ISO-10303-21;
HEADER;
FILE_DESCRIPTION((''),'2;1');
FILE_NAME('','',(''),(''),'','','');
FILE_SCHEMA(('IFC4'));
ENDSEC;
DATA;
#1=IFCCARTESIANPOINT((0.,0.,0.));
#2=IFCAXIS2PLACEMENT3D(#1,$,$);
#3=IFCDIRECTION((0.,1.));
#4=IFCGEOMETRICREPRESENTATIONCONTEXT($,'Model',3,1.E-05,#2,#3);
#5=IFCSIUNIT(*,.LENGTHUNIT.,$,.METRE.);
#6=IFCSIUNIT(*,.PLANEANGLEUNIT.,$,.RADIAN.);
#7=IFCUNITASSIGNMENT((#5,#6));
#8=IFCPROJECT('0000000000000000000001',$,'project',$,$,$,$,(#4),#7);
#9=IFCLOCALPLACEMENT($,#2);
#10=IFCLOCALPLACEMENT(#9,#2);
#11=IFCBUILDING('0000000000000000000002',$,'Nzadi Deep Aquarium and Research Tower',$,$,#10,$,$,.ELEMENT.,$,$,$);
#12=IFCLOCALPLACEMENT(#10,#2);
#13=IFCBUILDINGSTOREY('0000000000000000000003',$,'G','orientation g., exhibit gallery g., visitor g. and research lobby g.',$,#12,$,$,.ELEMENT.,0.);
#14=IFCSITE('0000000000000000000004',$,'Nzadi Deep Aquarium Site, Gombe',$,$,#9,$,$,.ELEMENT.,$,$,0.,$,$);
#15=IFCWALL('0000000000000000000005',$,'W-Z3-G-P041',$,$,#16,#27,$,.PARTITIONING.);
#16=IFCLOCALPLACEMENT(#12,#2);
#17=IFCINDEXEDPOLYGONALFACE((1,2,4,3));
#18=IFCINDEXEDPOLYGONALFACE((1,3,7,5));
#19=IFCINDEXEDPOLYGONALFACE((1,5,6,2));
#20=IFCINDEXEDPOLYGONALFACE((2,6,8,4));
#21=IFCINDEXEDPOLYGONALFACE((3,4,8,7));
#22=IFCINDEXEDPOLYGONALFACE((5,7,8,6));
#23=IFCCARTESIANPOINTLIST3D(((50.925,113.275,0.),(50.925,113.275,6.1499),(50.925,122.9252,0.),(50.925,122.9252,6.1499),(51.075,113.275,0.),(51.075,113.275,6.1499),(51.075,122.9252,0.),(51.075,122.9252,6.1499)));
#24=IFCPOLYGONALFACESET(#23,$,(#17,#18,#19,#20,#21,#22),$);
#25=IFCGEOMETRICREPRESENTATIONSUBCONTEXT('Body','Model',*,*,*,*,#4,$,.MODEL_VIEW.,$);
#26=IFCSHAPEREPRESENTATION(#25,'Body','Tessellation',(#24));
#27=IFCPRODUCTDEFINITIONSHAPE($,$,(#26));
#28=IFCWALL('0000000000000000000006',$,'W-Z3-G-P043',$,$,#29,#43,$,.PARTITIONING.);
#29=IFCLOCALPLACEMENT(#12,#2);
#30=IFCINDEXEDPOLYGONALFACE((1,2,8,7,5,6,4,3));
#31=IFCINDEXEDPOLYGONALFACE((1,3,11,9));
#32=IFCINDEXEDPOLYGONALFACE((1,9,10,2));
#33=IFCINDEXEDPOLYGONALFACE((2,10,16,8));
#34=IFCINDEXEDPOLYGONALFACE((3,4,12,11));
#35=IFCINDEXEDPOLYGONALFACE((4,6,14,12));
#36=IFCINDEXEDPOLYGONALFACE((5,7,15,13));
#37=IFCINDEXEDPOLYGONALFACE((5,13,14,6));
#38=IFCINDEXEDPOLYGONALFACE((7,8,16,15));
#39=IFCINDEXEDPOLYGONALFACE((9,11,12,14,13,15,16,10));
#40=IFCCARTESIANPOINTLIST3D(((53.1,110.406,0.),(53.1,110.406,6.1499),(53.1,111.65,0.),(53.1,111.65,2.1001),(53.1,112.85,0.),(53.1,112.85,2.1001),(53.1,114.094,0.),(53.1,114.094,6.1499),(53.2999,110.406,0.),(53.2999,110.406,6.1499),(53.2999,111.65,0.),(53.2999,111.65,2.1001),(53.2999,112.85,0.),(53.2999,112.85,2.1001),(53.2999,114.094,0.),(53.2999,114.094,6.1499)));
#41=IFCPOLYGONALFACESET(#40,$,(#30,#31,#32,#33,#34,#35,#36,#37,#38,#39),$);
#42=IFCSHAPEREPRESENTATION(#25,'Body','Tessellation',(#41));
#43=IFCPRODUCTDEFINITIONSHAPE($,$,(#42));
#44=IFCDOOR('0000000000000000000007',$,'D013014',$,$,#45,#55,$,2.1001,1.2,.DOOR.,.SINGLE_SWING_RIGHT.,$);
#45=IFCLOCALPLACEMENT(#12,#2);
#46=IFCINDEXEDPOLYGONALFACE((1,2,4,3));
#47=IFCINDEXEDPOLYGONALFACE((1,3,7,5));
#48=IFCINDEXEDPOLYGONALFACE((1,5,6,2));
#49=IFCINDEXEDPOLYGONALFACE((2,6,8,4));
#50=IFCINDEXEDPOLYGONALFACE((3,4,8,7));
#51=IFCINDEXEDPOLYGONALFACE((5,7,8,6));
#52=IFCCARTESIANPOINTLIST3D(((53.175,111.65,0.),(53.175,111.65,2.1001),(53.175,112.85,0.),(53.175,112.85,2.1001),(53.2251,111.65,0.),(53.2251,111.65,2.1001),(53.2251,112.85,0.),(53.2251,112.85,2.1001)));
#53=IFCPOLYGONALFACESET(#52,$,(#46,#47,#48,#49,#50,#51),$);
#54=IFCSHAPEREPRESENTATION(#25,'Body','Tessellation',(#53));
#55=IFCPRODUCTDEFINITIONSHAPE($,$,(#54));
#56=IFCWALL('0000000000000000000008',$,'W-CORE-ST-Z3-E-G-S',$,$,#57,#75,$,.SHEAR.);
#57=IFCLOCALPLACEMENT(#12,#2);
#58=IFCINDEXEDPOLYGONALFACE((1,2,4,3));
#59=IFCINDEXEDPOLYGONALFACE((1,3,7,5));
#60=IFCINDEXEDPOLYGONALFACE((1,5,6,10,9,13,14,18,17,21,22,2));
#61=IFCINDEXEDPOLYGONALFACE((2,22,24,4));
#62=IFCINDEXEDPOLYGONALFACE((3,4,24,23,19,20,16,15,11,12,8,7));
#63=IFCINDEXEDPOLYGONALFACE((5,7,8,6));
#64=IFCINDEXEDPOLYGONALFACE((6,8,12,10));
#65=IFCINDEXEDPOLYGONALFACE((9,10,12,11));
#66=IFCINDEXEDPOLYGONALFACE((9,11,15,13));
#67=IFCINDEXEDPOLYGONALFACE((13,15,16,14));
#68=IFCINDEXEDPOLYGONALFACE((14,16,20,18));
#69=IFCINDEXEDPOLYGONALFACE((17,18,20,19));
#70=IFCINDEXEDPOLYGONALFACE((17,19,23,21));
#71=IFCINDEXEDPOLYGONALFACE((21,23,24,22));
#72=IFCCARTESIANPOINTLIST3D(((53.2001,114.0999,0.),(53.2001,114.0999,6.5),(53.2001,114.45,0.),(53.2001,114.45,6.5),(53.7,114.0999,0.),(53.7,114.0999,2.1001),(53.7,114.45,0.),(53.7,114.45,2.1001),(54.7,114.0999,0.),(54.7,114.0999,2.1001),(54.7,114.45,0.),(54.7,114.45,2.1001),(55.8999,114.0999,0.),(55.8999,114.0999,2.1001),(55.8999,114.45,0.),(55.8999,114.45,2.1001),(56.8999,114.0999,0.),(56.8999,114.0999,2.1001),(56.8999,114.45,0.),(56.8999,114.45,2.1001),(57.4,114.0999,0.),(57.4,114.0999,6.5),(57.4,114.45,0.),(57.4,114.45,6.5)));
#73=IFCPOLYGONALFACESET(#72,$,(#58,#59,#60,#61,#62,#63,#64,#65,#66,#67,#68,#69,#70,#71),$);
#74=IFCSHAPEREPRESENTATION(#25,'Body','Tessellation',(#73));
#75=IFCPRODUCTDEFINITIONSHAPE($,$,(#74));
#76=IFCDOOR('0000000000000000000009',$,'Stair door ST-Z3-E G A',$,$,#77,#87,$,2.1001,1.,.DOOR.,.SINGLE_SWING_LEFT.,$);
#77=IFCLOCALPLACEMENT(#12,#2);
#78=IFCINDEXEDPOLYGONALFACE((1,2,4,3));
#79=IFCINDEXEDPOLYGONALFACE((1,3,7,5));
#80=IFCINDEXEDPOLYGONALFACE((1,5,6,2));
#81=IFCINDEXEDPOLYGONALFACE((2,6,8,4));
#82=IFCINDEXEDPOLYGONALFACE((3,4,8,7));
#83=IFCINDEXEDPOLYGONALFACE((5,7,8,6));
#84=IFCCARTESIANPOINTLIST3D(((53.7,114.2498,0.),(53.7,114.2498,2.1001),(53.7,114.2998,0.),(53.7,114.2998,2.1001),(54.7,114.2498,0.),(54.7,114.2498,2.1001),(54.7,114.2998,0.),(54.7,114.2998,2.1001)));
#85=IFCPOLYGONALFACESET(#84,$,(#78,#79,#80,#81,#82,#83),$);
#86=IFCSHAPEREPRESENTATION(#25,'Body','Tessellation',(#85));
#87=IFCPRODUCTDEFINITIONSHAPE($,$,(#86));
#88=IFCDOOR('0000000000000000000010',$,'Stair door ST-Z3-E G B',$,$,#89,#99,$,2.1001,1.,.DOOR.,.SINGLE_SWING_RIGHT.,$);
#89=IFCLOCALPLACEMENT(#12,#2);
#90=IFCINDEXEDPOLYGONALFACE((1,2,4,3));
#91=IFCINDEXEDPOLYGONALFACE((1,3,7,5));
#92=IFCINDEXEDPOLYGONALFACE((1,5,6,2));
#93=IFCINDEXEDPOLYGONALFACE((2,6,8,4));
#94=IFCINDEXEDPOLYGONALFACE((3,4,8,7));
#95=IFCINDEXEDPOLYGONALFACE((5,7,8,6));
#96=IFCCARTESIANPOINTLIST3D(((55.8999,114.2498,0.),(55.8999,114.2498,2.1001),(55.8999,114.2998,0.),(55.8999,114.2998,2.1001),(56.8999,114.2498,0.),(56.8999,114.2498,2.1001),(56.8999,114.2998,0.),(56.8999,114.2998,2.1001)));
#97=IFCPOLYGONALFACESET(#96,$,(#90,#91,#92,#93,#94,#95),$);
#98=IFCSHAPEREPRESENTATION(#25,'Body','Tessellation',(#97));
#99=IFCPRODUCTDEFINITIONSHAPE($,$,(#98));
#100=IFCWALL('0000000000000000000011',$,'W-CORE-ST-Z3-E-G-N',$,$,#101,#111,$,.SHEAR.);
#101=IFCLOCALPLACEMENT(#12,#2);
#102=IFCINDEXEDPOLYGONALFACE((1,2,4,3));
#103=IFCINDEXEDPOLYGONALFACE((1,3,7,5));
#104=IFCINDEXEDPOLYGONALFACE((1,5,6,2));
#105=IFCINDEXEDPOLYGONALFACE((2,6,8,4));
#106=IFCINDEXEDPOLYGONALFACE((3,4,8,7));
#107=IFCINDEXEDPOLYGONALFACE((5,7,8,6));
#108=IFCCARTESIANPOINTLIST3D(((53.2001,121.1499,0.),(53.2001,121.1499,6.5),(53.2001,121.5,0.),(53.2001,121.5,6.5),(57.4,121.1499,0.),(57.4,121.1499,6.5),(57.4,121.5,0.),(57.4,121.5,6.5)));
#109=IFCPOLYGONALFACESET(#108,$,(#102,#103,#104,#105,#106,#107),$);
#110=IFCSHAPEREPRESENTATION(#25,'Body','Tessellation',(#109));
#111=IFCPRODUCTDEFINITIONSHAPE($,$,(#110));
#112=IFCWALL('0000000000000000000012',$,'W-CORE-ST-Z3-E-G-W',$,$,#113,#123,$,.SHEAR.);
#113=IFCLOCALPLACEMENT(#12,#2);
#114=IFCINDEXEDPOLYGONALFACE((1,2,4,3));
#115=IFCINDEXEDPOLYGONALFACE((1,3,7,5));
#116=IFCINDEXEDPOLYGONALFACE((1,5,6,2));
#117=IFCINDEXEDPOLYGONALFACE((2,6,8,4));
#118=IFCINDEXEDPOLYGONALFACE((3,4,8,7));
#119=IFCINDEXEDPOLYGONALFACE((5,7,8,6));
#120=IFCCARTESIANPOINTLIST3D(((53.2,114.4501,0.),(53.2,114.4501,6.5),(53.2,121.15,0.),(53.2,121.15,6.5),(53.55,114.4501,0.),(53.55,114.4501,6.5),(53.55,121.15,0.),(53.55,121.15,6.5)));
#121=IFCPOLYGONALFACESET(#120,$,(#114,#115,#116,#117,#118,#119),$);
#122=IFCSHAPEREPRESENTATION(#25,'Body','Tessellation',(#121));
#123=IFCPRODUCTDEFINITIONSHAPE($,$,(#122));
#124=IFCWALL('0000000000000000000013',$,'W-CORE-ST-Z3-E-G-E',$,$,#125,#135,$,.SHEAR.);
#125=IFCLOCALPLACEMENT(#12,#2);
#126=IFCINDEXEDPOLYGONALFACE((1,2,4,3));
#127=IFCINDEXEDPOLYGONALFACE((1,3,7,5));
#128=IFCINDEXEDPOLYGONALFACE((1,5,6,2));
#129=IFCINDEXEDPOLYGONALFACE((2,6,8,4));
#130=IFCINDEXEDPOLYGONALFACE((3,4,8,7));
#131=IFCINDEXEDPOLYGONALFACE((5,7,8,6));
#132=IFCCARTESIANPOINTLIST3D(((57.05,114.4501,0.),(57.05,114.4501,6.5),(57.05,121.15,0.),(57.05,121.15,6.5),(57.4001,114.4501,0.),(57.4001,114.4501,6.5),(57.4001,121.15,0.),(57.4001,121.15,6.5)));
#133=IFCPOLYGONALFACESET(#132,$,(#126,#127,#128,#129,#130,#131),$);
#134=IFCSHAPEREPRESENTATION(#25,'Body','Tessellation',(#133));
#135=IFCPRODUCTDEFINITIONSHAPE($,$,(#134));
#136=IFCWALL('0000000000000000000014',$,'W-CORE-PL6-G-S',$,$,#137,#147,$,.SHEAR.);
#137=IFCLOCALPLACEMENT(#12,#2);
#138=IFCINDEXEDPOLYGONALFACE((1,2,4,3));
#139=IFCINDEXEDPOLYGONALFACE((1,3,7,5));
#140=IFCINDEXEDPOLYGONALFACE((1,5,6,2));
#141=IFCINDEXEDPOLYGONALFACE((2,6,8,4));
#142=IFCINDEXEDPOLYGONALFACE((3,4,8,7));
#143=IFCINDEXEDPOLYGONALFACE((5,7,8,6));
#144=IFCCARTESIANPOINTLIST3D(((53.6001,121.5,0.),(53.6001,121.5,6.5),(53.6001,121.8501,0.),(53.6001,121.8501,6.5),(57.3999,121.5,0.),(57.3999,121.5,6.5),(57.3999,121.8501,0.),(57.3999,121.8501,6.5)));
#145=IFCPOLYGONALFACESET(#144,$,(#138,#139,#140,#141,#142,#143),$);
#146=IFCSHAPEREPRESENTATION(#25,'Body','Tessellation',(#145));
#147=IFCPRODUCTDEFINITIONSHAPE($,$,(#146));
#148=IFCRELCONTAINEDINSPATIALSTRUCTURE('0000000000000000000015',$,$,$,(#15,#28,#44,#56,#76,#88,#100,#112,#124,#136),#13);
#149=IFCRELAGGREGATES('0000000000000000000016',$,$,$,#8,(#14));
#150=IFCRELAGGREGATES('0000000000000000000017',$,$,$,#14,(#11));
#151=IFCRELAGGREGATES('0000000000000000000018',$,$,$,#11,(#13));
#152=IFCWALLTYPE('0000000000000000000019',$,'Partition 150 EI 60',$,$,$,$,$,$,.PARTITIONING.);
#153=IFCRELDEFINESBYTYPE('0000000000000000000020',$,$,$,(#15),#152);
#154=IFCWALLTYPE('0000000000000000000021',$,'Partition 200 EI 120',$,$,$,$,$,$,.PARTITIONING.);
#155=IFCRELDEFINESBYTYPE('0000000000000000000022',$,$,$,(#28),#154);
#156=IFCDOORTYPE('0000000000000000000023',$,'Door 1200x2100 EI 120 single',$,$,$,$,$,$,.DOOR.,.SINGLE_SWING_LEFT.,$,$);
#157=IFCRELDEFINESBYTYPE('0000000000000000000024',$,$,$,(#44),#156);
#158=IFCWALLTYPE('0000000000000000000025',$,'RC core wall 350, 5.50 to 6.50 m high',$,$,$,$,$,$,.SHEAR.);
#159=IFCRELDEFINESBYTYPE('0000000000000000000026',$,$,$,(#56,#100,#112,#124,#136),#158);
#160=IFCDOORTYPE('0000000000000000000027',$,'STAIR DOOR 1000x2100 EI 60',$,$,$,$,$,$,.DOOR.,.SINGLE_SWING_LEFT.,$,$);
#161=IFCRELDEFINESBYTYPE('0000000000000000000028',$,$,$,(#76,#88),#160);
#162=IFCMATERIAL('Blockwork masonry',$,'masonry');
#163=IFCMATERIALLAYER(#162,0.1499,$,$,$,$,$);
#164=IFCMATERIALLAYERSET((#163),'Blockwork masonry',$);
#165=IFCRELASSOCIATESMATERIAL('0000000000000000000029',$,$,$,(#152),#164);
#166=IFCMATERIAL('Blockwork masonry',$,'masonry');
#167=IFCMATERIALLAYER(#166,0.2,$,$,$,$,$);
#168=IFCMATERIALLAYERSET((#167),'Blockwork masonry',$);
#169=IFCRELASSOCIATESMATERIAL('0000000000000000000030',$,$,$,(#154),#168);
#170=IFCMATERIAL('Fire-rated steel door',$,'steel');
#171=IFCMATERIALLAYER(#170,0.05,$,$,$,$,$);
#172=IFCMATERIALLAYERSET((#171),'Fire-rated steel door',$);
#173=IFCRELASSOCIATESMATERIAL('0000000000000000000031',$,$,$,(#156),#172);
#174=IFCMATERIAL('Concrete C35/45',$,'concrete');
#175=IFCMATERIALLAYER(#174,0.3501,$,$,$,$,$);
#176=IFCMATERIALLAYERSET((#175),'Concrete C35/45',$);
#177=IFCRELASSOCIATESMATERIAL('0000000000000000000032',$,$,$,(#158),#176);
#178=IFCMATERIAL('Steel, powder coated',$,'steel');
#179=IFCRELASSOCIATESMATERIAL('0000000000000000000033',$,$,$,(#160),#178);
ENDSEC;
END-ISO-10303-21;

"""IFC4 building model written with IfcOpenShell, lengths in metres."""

from ifc_helpers import new_model, si_unit, direction, frame, frame_2d, origin, place, context, subcontext, project, spatial, rectangle, extrude, material, layer, layer_set, type_object, element, fill, save


model = new_model("IFC4")

# Units and contexts
model_context = context("Model", 3, precision=1e-05, world=origin(), true_north=direction((0.0, 1.0)))
body_context = subcontext(model_context, "Body", "Model", "MODEL_VIEW")
ifc_project = project(units=[si_unit("LENGTHUNIT", "METRE"), si_unit("PLANEANGLEUNIT", "RADIAN")], contexts=[model_context])

# Site, building, storey
site_placement = place(None, origin())
site = spatial("IfcSite", under=ifc_project, at=site_placement, Name="Nzadi Deep Aquarium Site, Gombe", CompositionType="ELEMENT", RefElevation=0.0)
building_placement = place(site_placement, origin())
building = spatial("IfcBuilding", under=site, at=building_placement, Name="Nzadi Deep Aquarium and Research Tower", CompositionType="ELEMENT")
storey_placement = place(building_placement, origin())
storey = spatial("IfcBuildingStorey", under=building, at=storey_placement, Name="G", Description="orientation g., exhibit gallery g., visitor g. and research lobby g.", CompositionType="ELEMENT", Elevation=0.0)

# Wall
ifc_material_1 = material(Name="Blockwork masonry", Category="masonry")
ifc_layer_1 = layer(ifc_material_1, 0.1499)
ifc_layer_set_1 = layer_set([ifc_layer_1], Name="Blockwork masonry")
wall_type_1 = type_object("IfcWallType", Name="Partition 150 EI 60", PredefinedType="PARTITIONING", material=ifc_layer_set_1)
wall_1_placement = place(storey_placement, frame((51.0, 113.2749, 0.0), z_axis=(0.0, 0.0, 1.0), x_axis=(0.0, 1.0, 0.0)))
element("IfcWall", 1, at=wall_1_placement, inside=storey, type_object=wall_type_1, Name="W-Z3-G-P041", PredefinedType="PARTITIONING", context=body_context, shape_type="SweptSolid", body=[
    extrude(rectangle(XDim=9.6501, YDim=0.1499, at=frame_2d((4.8252, 0.0))), origin(), (0.0, 0.0, 1.0), 6.1499),
])

# Wall, opening, door
ifc_material_2 = material(Name="Blockwork masonry", Category="masonry")
ifc_layer_2 = layer(ifc_material_2, 0.2)
ifc_layer_set_2 = layer_set([ifc_layer_2], Name="Blockwork masonry")
wall_type_2 = type_object("IfcWallType", Name="Partition 200 EI 120", PredefinedType="PARTITIONING", material=ifc_layer_set_2)
wall_2_placement = place(storey_placement, frame((53.2, 110.406, 0.0), z_axis=(0.0, 0.0, 1.0), x_axis=(0.0, 1.0, 0.0)))
wall_2 = element("IfcWall", 2, at=wall_2_placement, inside=storey, type_object=wall_type_2, Name="W-Z3-G-P043", PredefinedType="PARTITIONING", context=body_context, shape_type="SweptSolid", body=[
    extrude(rectangle(XDim=3.688, YDim=0.2, at=frame_2d((1.844, 0.0))), origin(), (0.0, 0.0, 1.0), 6.1499),
])
opening_1_placement = place(wall_2_placement, frame((1.2439, 0.0, 0.0)))
opening_1 = element("IfcOpeningElement", 3, at=opening_1_placement, cuts=wall_2, PredefinedType="OPENING", context=body_context, shape_type="SweptSolid", body=[
    extrude(rectangle(XDim=1.2, YDim=2.1001, at=frame_2d((0.6001, 1.05))), frame((0.0, 0.1101, 0.0), z_axis=(0.0, -1.0, 0.0), x_axis=(1.0, 0.0, 0.0)), (0.0, 0.0, 1.0), 0.2202),
])
ifc_material_3 = material(Name="Fire-rated steel door", Category="steel")
ifc_layer_3 = layer(ifc_material_3, 0.05)
ifc_layer_set_3 = layer_set([ifc_layer_3], Name="Fire-rated steel door")
door_type_1 = type_object("IfcDoorType", Name="Door 1200x2100 EI 120 single", OperationType="SINGLE_SWING_LEFT", PredefinedType="DOOR", material=ifc_layer_set_3)
door_1_placement = place(opening_1_placement, origin())
door_1 = element("IfcDoor", 4, at=door_1_placement, inside=storey, type_object=door_type_1, Name="D013014", OperationType="SINGLE_SWING_RIGHT", OverallHeight=2.1001, OverallWidth=1.2, PredefinedType="DOOR", context=body_context, shape_type="SweptSolid", body=[
    extrude(rectangle(XDim=1.2, YDim=2.1001, at=frame_2d((0.6001, 1.05))), frame((0.0, 0.0249, 0.0), z_axis=(0.0, -1.0, 0.0), x_axis=(1.0, 0.0, 0.0)), (0.0, 0.0, 1.0), 0.05),
])
fill(opening_1, door_1)

# Wall, openings, doors
ifc_material_4 = material(Name="Concrete C35/45", Category="concrete")
ifc_layer_4 = layer(ifc_material_4, 0.3501)
ifc_layer_set_4 = layer_set([ifc_layer_4], Name="Concrete C35/45")
wall_type_3 = type_object("IfcWallType", Name="RC core wall 350, 5.50 to 6.50 m high", PredefinedType="SHEAR", material=ifc_layer_set_4)
wall_3_placement = place(storey_placement, frame((53.2, 114.2749, 0.0), z_axis=(0.0, 0.0, 1.0), x_axis=(1.0, 0.0, 0.0)))
wall_3 = element("IfcWall", 5, at=wall_3_placement, inside=storey, type_object=wall_type_3, Name="W-CORE-ST-Z3-E-G-S", PredefinedType="SHEAR", context=body_context, shape_type="SweptSolid", body=[
    extrude(rectangle(XDim=4.2, YDim=0.3501, at=frame_2d((2.1001, 0.0))), origin(), (0.0, 0.0, 1.0), 6.5),
])
opening_2_placement = place(wall_3_placement, frame((0.5, 0.0, 0.0)))
opening_2 = element("IfcOpeningElement", 6, at=opening_2_placement, cuts=wall_3, PredefinedType="OPENING", context=body_context, shape_type="SweptSolid", body=[
    extrude(rectangle(XDim=1.0, YDim=2.1001, at=frame_2d((0.5, 1.05))), frame((0.0, 0.1851, 0.0), z_axis=(0.0, -1.0, 0.0), x_axis=(1.0, 0.0, 0.0)), (0.0, 0.0, 1.0), 0.3701),
])
opening_3_placement = place(wall_3_placement, frame((2.7, 0.0, 0.0)))
opening_3 = element("IfcOpeningElement", 7, at=opening_3_placement, cuts=wall_3, PredefinedType="OPENING", context=body_context, shape_type="SweptSolid", body=[
    extrude(rectangle(XDim=1.0, YDim=2.1001, at=frame_2d((0.5, 1.05))), frame((0.0, 0.1851, 0.0), z_axis=(0.0, -1.0, 0.0), x_axis=(1.0, 0.0, 0.0)), (0.0, 0.0, 1.0), 0.3701),
])
ifc_material_5 = material(Name="Steel, powder coated", Category="steel")
door_type_2 = type_object("IfcDoorType", Name="STAIR DOOR 1000x2100 EI 60", OperationType="SINGLE_SWING_LEFT", PredefinedType="DOOR", material=ifc_material_5)
door_2_placement = place(opening_2_placement, origin())
door_2 = element("IfcDoor", 8, at=door_2_placement, inside=storey, type_object=door_type_2, Name="Stair door ST-Z3-E G A", OperationType="SINGLE_SWING_LEFT", OverallHeight=2.1001, OverallWidth=1.0, PredefinedType="DOOR", context=body_context, shape_type="SweptSolid", body=[
    extrude(rectangle(XDim=1.0, YDim=2.1001, at=frame_2d((0.5, 1.05))), frame((0.0, 0.0249, 0.0), z_axis=(0.0, -1.0, 0.0), x_axis=(1.0, 0.0, 0.0)), (0.0, 0.0, 1.0), 0.05),
])
fill(opening_2, door_2)
door_3_placement = place(opening_3_placement, origin())
door_3 = element("IfcDoor", 9, at=door_3_placement, inside=storey, type_object=door_type_2, Name="Stair door ST-Z3-E G B", OperationType="SINGLE_SWING_RIGHT", OverallHeight=2.1001, OverallWidth=1.0, PredefinedType="DOOR", context=body_context, shape_type="SweptSolid", body=[
    extrude(rectangle(XDim=1.0, YDim=2.1001, at=frame_2d((0.5, 1.05))), frame((0.0, 0.0249, 0.0), z_axis=(0.0, -1.0, 0.0), x_axis=(1.0, 0.0, 0.0)), (0.0, 0.0, 1.0), 0.05),
])
fill(opening_3, door_3)

# Walls
wall_4_placement = place(storey_placement, frame((53.2, 121.325, 0.0), z_axis=(0.0, 0.0, 1.0), x_axis=(1.0, 0.0, 0.0)))
element("IfcWall", 10, at=wall_4_placement, inside=storey, type_object=wall_type_3, Name="W-CORE-ST-Z3-E-G-N", PredefinedType="SHEAR", context=body_context, shape_type="SweptSolid", body=[
    extrude(rectangle(XDim=4.2, YDim=0.3501, at=frame_2d((2.1001, 0.0))), origin(), (0.0, 0.0, 1.0), 6.5),
])
for number, where, z_axis, x_axis, name in (
    (11, (53.375, 114.45, 0.0), (0.0, 0.0, 1.0), (0.0, 1.0, 0.0), "W-CORE-ST-Z3-E-G-W"),
    (12, (57.2251, 114.45, 0.0), (0.0, 0.0, 1.0), (0.0, 1.0, 0.0), "W-CORE-ST-Z3-E-G-E"),
):
    element("IfcWall", number, at=place(storey_placement, frame(where, z_axis=z_axis, x_axis=x_axis)), inside=storey, type_object=wall_type_3, Name=name, PredefinedType="SHEAR", context=body_context, shape_type="SweptSolid", body=[
        extrude(rectangle(XDim=6.7, YDim=0.3501, at=frame_2d((3.3501, 0.0))), origin(), (0.0, 0.0, 1.0), 6.5),
    ])
wall_5_placement = place(storey_placement, frame((53.6001, 121.675, 0.0), z_axis=(0.0, 0.0, 1.0), x_axis=(1.0, 0.0, 0.0)))
element("IfcWall", 13, at=wall_5_placement, inside=storey, type_object=wall_type_3, Name="W-CORE-PL6-G-S", PredefinedType="SHEAR", context=body_context, shape_type="SweptSolid", body=[
    extrude(rectangle(XDim=3.7998, YDim=0.3501, at=frame_2d((1.8999, 0.0))), origin(), (0.0, 0.0, 1.0), 6.5),
])

save(model, "model.ifc")
